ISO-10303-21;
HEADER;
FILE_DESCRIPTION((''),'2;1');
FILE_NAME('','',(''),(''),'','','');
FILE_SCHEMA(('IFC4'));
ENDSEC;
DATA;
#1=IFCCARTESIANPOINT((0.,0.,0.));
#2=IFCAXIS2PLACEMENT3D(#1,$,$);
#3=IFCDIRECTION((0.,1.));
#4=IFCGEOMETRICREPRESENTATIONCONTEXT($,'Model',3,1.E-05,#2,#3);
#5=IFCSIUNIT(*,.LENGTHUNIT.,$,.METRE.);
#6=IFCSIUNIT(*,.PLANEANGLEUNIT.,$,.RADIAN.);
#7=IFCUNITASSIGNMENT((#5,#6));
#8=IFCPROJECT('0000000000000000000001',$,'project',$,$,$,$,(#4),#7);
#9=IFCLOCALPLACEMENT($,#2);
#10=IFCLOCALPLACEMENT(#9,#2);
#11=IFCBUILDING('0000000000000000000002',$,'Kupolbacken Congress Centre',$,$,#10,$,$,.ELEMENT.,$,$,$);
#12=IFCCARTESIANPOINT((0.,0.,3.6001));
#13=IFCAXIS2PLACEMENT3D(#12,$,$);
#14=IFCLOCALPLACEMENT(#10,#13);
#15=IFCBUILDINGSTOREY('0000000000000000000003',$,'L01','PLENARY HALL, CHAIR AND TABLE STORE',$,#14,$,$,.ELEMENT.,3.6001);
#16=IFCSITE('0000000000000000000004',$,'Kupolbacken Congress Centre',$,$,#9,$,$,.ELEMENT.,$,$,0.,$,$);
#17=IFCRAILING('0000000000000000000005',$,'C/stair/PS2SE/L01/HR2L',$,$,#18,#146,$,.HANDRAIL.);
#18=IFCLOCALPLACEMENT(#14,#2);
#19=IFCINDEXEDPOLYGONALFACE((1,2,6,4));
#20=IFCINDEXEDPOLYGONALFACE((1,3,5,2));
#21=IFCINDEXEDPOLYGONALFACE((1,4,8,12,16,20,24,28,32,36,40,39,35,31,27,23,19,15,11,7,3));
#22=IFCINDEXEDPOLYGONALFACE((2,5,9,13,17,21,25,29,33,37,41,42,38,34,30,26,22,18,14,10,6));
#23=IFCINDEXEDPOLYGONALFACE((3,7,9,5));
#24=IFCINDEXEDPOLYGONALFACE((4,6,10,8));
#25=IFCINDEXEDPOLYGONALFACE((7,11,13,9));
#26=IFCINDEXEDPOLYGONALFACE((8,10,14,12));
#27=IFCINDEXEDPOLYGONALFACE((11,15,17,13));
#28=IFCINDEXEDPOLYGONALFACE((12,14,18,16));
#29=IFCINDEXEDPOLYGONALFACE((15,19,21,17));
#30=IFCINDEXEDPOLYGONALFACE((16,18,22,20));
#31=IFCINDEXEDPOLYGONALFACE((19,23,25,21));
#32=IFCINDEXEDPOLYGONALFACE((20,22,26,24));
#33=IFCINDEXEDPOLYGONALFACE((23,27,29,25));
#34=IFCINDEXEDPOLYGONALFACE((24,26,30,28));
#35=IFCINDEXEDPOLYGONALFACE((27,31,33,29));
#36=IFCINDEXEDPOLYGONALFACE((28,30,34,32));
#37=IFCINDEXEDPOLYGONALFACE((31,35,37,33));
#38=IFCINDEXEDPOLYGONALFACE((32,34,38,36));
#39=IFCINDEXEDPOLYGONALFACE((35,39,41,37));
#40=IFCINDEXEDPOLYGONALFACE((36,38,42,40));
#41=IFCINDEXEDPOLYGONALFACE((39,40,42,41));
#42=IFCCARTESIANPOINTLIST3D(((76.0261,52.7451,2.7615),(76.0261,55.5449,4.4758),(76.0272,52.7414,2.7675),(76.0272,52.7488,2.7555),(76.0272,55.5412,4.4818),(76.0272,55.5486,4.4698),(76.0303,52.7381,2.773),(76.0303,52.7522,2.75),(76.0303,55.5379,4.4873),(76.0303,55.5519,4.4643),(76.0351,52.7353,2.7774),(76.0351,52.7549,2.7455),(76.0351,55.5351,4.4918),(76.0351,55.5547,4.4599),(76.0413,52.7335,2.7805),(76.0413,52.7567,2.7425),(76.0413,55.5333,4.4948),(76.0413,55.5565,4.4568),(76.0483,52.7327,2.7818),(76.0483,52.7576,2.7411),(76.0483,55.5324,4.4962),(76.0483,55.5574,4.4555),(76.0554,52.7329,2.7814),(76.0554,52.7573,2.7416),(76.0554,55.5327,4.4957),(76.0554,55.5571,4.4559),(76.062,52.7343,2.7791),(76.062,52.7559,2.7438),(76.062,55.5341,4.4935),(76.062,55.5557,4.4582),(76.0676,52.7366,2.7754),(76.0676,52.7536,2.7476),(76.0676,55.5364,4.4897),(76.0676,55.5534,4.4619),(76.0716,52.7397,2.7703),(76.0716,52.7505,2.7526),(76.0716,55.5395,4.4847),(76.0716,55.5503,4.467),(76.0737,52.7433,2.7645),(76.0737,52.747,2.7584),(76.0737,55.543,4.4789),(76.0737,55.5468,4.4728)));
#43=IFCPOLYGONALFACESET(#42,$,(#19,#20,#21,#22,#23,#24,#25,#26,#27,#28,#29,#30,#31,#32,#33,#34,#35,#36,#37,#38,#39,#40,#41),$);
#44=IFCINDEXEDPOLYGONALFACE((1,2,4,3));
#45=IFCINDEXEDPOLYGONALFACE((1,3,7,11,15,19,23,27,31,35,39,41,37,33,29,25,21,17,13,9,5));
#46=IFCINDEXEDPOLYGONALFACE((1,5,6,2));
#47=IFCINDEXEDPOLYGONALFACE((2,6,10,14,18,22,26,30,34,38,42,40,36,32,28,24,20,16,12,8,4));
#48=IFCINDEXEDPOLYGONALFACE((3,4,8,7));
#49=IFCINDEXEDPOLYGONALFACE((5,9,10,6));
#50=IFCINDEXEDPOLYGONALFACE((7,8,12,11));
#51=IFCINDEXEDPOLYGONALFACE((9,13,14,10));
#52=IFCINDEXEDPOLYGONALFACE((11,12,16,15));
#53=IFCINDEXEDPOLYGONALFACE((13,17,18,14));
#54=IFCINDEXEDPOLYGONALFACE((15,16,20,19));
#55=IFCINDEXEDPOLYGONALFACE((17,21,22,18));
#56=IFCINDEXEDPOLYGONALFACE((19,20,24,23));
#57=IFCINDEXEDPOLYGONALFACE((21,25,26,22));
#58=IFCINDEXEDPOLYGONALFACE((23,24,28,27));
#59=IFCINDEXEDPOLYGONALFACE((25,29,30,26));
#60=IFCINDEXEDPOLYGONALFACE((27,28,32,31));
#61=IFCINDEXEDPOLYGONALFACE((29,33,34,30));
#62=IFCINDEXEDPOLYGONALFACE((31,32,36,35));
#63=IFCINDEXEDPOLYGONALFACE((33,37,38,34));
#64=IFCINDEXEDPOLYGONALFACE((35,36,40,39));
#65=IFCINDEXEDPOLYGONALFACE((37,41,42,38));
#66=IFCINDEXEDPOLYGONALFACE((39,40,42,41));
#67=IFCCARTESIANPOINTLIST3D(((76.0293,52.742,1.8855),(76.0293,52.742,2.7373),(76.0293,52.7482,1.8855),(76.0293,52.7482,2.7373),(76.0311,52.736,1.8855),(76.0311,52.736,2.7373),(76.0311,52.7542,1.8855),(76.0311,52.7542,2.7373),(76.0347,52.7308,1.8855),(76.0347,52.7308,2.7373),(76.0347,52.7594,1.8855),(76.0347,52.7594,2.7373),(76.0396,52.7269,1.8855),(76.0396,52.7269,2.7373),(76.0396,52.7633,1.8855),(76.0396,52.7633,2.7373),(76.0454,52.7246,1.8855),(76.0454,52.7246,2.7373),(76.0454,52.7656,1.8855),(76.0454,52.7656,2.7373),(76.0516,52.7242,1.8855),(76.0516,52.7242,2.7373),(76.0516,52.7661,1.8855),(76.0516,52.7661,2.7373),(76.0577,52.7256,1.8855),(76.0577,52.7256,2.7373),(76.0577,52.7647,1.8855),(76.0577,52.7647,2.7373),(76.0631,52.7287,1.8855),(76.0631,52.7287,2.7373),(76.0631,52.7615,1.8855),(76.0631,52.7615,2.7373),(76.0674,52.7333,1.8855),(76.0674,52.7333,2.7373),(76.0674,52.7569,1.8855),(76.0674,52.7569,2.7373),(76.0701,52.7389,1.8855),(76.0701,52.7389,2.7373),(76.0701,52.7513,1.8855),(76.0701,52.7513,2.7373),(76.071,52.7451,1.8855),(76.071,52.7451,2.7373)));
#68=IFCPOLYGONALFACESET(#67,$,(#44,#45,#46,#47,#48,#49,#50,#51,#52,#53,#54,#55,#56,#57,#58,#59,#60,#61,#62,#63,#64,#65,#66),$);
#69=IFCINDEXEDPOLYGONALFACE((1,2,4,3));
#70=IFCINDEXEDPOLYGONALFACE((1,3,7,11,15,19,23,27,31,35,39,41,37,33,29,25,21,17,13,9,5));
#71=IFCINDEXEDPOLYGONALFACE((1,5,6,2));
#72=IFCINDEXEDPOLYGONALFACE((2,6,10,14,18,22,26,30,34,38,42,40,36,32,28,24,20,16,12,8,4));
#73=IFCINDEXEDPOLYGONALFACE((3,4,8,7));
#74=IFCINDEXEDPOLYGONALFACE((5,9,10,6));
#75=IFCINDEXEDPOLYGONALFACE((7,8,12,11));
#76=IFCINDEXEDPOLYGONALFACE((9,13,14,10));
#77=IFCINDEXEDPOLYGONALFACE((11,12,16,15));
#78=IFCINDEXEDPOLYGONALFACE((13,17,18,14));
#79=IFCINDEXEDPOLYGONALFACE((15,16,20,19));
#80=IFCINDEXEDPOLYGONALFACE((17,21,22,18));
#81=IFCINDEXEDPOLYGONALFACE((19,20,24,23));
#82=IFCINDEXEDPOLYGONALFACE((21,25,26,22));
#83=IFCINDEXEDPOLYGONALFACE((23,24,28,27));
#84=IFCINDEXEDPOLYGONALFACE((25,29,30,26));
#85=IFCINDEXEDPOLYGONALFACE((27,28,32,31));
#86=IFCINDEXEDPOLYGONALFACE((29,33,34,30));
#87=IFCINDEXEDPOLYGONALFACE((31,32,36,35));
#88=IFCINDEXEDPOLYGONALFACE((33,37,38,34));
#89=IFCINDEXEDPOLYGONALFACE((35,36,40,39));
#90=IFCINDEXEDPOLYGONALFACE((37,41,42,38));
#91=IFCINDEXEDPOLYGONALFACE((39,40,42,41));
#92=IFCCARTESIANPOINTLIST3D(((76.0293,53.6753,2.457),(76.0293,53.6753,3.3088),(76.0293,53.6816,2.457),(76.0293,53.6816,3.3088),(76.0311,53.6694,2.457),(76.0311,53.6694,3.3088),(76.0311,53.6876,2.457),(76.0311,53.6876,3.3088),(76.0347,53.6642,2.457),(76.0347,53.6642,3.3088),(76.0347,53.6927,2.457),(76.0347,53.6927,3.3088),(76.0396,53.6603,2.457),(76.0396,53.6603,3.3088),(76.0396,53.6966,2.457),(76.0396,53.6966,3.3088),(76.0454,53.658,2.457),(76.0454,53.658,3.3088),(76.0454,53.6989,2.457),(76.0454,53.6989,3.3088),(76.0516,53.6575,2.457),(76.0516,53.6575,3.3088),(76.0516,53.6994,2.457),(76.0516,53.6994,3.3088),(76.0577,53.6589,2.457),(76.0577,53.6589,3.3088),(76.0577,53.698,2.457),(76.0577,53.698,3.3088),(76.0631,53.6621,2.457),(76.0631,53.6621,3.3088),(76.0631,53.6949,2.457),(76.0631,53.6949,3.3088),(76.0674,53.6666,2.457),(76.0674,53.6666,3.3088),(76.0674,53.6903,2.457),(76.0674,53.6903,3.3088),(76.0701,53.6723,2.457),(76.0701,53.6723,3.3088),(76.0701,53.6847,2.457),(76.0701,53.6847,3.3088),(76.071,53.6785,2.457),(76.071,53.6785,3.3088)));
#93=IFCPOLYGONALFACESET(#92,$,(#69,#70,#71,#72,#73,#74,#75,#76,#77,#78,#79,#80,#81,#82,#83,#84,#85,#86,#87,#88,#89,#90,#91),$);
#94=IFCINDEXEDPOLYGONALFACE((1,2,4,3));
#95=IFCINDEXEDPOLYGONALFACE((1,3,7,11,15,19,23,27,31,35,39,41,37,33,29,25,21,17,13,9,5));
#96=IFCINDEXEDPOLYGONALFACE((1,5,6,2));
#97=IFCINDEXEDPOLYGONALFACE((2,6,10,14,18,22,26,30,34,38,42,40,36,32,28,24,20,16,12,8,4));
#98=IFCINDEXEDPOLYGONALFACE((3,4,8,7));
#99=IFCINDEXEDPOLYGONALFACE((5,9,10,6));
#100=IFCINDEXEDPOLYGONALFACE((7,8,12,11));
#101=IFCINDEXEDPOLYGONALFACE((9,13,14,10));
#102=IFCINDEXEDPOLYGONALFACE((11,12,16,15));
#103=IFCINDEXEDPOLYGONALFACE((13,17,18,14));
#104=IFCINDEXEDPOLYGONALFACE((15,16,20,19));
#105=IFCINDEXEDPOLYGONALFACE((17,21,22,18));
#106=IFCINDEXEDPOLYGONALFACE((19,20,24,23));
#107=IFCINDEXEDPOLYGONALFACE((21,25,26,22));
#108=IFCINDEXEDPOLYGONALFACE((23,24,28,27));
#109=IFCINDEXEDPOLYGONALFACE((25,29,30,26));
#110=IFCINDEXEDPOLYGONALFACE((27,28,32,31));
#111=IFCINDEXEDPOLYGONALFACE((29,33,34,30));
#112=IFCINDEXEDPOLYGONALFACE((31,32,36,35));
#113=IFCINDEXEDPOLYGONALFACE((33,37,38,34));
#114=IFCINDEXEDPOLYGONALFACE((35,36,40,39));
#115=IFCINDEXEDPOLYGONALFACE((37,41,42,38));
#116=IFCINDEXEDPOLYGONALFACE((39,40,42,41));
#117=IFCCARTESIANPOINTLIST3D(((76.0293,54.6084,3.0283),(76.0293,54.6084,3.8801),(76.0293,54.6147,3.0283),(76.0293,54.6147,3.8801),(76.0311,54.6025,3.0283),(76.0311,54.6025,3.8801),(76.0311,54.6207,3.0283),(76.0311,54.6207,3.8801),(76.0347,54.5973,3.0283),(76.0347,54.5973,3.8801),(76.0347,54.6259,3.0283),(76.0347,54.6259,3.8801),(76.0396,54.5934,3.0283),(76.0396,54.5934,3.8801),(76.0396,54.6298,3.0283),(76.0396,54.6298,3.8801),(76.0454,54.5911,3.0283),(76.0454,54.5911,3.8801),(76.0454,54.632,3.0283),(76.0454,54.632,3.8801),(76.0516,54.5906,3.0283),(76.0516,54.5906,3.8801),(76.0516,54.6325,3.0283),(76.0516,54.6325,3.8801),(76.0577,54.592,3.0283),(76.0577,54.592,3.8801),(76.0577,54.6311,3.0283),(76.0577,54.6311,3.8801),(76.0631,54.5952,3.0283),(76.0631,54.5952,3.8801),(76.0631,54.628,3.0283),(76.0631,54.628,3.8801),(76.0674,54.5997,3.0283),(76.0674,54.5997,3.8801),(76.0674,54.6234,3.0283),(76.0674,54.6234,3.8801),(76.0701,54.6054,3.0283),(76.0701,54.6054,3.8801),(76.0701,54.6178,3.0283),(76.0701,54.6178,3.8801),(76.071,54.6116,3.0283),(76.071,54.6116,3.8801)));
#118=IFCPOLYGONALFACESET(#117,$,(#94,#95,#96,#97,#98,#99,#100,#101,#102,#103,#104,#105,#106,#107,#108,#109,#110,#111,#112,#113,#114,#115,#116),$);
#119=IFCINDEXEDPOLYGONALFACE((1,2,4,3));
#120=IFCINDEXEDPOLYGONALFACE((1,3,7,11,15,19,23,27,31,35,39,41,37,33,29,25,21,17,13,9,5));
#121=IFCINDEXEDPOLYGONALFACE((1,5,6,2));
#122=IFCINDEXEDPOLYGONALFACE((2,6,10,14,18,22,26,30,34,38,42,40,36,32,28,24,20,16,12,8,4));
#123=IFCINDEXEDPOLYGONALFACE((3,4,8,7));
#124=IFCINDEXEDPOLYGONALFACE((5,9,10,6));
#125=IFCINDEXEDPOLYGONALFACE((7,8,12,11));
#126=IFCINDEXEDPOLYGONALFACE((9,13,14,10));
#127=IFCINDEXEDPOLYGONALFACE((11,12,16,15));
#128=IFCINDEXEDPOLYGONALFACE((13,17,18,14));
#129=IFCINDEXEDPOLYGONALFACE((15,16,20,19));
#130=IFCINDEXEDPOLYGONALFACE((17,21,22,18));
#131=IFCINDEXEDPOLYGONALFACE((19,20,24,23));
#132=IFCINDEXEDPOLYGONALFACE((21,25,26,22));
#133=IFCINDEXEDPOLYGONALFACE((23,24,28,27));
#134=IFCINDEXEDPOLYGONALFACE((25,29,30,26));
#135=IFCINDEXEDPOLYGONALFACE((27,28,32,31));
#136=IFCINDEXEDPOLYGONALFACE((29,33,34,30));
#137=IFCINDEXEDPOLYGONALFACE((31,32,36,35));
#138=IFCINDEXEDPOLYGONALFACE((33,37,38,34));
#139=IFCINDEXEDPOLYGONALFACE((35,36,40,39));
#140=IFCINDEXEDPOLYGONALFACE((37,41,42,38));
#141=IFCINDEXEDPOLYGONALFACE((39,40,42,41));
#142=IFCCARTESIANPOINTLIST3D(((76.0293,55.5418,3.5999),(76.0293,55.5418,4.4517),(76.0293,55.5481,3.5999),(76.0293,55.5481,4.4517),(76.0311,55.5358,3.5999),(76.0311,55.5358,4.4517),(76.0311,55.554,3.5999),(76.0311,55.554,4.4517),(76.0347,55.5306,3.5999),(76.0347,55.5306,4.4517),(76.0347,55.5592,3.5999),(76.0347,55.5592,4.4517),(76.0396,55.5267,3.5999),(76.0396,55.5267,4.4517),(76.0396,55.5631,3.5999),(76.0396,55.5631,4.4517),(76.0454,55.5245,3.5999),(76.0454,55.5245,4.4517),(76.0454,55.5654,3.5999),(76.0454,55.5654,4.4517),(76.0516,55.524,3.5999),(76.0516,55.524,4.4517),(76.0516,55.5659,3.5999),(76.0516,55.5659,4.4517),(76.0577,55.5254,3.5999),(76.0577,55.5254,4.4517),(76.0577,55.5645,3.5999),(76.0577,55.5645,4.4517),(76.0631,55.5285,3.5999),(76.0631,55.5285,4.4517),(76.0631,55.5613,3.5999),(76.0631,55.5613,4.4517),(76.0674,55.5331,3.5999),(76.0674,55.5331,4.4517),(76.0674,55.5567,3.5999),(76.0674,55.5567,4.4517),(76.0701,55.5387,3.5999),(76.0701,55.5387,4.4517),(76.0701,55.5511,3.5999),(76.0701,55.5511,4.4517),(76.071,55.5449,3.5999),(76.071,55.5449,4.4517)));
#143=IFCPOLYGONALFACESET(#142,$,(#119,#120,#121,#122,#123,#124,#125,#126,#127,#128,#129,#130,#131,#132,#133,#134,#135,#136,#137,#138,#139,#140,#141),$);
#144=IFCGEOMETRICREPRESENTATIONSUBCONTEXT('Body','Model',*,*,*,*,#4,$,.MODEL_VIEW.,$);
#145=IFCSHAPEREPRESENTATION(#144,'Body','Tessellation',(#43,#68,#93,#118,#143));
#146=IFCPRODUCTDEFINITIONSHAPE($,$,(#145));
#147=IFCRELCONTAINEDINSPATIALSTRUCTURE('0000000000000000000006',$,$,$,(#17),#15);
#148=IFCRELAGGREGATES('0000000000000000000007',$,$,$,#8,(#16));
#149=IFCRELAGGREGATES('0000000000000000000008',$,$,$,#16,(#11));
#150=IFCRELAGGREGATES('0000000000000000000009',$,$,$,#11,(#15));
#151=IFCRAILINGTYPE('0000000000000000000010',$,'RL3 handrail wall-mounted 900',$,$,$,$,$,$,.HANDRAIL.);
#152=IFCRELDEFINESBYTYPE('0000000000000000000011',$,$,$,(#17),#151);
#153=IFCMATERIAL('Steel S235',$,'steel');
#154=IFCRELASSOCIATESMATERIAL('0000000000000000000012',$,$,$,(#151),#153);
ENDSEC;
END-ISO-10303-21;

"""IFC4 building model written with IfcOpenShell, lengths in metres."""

from ifc_helpers import new_model, si_unit, direction, frame, origin, origin_2d, place, context, subcontext, project, spatial, circle, extrude, material, type_object, element, save


model = new_model("IFC4")

# Units and contexts
model_context = context("Model", 3, precision=1e-05, world=origin(), true_north=direction((0.0, 1.0)))
body_context = subcontext(model_context, "Body", "Model", "MODEL_VIEW")
ifc_project = project(units=[si_unit("LENGTHUNIT", "METRE"), si_unit("PLANEANGLEUNIT", "RADIAN")], contexts=[model_context])

# Site, building, storey
site_placement = place(None, origin())
site = spatial("IfcSite", under=ifc_project, at=site_placement, Name="Kupolbacken Congress Centre", CompositionType="ELEMENT", RefElevation=0.0)
building_placement = place(site_placement, origin())
building = spatial("IfcBuilding", under=site, at=building_placement, Name="Kupolbacken Congress Centre", CompositionType="ELEMENT")
storey_placement = place(building_placement, frame((0.0, 0.0, 3.6001)))
storey = spatial("IfcBuildingStorey", under=building, at=storey_placement, Name="L01", Description="PLENARY HALL, CHAIR AND TABLE STORE", CompositionType="ELEMENT", Elevation=3.6001)

# Railing
ifc_material_1 = material(Name="Steel S235", Category="steel")
railing_type = type_object("IfcRailingType", Name="RL3 handrail wall-mounted 900", PredefinedType="HANDRAIL", material=ifc_material_1)
for number, where, name in (
    (1, (76.05, 52.7451, 1.8855), "C/stair/PS2SE/L01/HR2L"),
):
    element("IfcRailing", number, at=place(storey_placement, frame(where)), inside=storey, type_object=railing_type, Name=name, PredefinedType="HANDRAIL", context=body_context, shape_type="SweptSolid", body=[
        extrude(circle(Radius=0.0239, at=origin_2d()), frame((0.0, 0.0, 0.876), z_axis=(0.0, 0.852826, 0.522196), x_axis=(-1.0, 0.0, 0.0)), (0.0, 0.0, 1.0), 3.283),
        extrude(circle(Radius=0.021, at=origin_2d()), origin(), (0.0, 0.0, 1.0), 0.8518),
        extrude(circle(Radius=0.021, at=origin_2d()), frame((0.0, 0.9333, 0.5715)), (0.0, 0.0, 1.0), 0.8518),
        extrude(circle(Radius=0.021, at=origin_2d()), frame((0.0, 1.8665, 1.1428)), (0.0, 0.0, 1.0), 0.8518),
        extrude(circle(Radius=0.021, at=origin_2d()), frame((0.0, 2.7998, 1.7144)), (0.0, 0.0, 1.0), 0.8518),
    ])

save(model, "model.ifc")
